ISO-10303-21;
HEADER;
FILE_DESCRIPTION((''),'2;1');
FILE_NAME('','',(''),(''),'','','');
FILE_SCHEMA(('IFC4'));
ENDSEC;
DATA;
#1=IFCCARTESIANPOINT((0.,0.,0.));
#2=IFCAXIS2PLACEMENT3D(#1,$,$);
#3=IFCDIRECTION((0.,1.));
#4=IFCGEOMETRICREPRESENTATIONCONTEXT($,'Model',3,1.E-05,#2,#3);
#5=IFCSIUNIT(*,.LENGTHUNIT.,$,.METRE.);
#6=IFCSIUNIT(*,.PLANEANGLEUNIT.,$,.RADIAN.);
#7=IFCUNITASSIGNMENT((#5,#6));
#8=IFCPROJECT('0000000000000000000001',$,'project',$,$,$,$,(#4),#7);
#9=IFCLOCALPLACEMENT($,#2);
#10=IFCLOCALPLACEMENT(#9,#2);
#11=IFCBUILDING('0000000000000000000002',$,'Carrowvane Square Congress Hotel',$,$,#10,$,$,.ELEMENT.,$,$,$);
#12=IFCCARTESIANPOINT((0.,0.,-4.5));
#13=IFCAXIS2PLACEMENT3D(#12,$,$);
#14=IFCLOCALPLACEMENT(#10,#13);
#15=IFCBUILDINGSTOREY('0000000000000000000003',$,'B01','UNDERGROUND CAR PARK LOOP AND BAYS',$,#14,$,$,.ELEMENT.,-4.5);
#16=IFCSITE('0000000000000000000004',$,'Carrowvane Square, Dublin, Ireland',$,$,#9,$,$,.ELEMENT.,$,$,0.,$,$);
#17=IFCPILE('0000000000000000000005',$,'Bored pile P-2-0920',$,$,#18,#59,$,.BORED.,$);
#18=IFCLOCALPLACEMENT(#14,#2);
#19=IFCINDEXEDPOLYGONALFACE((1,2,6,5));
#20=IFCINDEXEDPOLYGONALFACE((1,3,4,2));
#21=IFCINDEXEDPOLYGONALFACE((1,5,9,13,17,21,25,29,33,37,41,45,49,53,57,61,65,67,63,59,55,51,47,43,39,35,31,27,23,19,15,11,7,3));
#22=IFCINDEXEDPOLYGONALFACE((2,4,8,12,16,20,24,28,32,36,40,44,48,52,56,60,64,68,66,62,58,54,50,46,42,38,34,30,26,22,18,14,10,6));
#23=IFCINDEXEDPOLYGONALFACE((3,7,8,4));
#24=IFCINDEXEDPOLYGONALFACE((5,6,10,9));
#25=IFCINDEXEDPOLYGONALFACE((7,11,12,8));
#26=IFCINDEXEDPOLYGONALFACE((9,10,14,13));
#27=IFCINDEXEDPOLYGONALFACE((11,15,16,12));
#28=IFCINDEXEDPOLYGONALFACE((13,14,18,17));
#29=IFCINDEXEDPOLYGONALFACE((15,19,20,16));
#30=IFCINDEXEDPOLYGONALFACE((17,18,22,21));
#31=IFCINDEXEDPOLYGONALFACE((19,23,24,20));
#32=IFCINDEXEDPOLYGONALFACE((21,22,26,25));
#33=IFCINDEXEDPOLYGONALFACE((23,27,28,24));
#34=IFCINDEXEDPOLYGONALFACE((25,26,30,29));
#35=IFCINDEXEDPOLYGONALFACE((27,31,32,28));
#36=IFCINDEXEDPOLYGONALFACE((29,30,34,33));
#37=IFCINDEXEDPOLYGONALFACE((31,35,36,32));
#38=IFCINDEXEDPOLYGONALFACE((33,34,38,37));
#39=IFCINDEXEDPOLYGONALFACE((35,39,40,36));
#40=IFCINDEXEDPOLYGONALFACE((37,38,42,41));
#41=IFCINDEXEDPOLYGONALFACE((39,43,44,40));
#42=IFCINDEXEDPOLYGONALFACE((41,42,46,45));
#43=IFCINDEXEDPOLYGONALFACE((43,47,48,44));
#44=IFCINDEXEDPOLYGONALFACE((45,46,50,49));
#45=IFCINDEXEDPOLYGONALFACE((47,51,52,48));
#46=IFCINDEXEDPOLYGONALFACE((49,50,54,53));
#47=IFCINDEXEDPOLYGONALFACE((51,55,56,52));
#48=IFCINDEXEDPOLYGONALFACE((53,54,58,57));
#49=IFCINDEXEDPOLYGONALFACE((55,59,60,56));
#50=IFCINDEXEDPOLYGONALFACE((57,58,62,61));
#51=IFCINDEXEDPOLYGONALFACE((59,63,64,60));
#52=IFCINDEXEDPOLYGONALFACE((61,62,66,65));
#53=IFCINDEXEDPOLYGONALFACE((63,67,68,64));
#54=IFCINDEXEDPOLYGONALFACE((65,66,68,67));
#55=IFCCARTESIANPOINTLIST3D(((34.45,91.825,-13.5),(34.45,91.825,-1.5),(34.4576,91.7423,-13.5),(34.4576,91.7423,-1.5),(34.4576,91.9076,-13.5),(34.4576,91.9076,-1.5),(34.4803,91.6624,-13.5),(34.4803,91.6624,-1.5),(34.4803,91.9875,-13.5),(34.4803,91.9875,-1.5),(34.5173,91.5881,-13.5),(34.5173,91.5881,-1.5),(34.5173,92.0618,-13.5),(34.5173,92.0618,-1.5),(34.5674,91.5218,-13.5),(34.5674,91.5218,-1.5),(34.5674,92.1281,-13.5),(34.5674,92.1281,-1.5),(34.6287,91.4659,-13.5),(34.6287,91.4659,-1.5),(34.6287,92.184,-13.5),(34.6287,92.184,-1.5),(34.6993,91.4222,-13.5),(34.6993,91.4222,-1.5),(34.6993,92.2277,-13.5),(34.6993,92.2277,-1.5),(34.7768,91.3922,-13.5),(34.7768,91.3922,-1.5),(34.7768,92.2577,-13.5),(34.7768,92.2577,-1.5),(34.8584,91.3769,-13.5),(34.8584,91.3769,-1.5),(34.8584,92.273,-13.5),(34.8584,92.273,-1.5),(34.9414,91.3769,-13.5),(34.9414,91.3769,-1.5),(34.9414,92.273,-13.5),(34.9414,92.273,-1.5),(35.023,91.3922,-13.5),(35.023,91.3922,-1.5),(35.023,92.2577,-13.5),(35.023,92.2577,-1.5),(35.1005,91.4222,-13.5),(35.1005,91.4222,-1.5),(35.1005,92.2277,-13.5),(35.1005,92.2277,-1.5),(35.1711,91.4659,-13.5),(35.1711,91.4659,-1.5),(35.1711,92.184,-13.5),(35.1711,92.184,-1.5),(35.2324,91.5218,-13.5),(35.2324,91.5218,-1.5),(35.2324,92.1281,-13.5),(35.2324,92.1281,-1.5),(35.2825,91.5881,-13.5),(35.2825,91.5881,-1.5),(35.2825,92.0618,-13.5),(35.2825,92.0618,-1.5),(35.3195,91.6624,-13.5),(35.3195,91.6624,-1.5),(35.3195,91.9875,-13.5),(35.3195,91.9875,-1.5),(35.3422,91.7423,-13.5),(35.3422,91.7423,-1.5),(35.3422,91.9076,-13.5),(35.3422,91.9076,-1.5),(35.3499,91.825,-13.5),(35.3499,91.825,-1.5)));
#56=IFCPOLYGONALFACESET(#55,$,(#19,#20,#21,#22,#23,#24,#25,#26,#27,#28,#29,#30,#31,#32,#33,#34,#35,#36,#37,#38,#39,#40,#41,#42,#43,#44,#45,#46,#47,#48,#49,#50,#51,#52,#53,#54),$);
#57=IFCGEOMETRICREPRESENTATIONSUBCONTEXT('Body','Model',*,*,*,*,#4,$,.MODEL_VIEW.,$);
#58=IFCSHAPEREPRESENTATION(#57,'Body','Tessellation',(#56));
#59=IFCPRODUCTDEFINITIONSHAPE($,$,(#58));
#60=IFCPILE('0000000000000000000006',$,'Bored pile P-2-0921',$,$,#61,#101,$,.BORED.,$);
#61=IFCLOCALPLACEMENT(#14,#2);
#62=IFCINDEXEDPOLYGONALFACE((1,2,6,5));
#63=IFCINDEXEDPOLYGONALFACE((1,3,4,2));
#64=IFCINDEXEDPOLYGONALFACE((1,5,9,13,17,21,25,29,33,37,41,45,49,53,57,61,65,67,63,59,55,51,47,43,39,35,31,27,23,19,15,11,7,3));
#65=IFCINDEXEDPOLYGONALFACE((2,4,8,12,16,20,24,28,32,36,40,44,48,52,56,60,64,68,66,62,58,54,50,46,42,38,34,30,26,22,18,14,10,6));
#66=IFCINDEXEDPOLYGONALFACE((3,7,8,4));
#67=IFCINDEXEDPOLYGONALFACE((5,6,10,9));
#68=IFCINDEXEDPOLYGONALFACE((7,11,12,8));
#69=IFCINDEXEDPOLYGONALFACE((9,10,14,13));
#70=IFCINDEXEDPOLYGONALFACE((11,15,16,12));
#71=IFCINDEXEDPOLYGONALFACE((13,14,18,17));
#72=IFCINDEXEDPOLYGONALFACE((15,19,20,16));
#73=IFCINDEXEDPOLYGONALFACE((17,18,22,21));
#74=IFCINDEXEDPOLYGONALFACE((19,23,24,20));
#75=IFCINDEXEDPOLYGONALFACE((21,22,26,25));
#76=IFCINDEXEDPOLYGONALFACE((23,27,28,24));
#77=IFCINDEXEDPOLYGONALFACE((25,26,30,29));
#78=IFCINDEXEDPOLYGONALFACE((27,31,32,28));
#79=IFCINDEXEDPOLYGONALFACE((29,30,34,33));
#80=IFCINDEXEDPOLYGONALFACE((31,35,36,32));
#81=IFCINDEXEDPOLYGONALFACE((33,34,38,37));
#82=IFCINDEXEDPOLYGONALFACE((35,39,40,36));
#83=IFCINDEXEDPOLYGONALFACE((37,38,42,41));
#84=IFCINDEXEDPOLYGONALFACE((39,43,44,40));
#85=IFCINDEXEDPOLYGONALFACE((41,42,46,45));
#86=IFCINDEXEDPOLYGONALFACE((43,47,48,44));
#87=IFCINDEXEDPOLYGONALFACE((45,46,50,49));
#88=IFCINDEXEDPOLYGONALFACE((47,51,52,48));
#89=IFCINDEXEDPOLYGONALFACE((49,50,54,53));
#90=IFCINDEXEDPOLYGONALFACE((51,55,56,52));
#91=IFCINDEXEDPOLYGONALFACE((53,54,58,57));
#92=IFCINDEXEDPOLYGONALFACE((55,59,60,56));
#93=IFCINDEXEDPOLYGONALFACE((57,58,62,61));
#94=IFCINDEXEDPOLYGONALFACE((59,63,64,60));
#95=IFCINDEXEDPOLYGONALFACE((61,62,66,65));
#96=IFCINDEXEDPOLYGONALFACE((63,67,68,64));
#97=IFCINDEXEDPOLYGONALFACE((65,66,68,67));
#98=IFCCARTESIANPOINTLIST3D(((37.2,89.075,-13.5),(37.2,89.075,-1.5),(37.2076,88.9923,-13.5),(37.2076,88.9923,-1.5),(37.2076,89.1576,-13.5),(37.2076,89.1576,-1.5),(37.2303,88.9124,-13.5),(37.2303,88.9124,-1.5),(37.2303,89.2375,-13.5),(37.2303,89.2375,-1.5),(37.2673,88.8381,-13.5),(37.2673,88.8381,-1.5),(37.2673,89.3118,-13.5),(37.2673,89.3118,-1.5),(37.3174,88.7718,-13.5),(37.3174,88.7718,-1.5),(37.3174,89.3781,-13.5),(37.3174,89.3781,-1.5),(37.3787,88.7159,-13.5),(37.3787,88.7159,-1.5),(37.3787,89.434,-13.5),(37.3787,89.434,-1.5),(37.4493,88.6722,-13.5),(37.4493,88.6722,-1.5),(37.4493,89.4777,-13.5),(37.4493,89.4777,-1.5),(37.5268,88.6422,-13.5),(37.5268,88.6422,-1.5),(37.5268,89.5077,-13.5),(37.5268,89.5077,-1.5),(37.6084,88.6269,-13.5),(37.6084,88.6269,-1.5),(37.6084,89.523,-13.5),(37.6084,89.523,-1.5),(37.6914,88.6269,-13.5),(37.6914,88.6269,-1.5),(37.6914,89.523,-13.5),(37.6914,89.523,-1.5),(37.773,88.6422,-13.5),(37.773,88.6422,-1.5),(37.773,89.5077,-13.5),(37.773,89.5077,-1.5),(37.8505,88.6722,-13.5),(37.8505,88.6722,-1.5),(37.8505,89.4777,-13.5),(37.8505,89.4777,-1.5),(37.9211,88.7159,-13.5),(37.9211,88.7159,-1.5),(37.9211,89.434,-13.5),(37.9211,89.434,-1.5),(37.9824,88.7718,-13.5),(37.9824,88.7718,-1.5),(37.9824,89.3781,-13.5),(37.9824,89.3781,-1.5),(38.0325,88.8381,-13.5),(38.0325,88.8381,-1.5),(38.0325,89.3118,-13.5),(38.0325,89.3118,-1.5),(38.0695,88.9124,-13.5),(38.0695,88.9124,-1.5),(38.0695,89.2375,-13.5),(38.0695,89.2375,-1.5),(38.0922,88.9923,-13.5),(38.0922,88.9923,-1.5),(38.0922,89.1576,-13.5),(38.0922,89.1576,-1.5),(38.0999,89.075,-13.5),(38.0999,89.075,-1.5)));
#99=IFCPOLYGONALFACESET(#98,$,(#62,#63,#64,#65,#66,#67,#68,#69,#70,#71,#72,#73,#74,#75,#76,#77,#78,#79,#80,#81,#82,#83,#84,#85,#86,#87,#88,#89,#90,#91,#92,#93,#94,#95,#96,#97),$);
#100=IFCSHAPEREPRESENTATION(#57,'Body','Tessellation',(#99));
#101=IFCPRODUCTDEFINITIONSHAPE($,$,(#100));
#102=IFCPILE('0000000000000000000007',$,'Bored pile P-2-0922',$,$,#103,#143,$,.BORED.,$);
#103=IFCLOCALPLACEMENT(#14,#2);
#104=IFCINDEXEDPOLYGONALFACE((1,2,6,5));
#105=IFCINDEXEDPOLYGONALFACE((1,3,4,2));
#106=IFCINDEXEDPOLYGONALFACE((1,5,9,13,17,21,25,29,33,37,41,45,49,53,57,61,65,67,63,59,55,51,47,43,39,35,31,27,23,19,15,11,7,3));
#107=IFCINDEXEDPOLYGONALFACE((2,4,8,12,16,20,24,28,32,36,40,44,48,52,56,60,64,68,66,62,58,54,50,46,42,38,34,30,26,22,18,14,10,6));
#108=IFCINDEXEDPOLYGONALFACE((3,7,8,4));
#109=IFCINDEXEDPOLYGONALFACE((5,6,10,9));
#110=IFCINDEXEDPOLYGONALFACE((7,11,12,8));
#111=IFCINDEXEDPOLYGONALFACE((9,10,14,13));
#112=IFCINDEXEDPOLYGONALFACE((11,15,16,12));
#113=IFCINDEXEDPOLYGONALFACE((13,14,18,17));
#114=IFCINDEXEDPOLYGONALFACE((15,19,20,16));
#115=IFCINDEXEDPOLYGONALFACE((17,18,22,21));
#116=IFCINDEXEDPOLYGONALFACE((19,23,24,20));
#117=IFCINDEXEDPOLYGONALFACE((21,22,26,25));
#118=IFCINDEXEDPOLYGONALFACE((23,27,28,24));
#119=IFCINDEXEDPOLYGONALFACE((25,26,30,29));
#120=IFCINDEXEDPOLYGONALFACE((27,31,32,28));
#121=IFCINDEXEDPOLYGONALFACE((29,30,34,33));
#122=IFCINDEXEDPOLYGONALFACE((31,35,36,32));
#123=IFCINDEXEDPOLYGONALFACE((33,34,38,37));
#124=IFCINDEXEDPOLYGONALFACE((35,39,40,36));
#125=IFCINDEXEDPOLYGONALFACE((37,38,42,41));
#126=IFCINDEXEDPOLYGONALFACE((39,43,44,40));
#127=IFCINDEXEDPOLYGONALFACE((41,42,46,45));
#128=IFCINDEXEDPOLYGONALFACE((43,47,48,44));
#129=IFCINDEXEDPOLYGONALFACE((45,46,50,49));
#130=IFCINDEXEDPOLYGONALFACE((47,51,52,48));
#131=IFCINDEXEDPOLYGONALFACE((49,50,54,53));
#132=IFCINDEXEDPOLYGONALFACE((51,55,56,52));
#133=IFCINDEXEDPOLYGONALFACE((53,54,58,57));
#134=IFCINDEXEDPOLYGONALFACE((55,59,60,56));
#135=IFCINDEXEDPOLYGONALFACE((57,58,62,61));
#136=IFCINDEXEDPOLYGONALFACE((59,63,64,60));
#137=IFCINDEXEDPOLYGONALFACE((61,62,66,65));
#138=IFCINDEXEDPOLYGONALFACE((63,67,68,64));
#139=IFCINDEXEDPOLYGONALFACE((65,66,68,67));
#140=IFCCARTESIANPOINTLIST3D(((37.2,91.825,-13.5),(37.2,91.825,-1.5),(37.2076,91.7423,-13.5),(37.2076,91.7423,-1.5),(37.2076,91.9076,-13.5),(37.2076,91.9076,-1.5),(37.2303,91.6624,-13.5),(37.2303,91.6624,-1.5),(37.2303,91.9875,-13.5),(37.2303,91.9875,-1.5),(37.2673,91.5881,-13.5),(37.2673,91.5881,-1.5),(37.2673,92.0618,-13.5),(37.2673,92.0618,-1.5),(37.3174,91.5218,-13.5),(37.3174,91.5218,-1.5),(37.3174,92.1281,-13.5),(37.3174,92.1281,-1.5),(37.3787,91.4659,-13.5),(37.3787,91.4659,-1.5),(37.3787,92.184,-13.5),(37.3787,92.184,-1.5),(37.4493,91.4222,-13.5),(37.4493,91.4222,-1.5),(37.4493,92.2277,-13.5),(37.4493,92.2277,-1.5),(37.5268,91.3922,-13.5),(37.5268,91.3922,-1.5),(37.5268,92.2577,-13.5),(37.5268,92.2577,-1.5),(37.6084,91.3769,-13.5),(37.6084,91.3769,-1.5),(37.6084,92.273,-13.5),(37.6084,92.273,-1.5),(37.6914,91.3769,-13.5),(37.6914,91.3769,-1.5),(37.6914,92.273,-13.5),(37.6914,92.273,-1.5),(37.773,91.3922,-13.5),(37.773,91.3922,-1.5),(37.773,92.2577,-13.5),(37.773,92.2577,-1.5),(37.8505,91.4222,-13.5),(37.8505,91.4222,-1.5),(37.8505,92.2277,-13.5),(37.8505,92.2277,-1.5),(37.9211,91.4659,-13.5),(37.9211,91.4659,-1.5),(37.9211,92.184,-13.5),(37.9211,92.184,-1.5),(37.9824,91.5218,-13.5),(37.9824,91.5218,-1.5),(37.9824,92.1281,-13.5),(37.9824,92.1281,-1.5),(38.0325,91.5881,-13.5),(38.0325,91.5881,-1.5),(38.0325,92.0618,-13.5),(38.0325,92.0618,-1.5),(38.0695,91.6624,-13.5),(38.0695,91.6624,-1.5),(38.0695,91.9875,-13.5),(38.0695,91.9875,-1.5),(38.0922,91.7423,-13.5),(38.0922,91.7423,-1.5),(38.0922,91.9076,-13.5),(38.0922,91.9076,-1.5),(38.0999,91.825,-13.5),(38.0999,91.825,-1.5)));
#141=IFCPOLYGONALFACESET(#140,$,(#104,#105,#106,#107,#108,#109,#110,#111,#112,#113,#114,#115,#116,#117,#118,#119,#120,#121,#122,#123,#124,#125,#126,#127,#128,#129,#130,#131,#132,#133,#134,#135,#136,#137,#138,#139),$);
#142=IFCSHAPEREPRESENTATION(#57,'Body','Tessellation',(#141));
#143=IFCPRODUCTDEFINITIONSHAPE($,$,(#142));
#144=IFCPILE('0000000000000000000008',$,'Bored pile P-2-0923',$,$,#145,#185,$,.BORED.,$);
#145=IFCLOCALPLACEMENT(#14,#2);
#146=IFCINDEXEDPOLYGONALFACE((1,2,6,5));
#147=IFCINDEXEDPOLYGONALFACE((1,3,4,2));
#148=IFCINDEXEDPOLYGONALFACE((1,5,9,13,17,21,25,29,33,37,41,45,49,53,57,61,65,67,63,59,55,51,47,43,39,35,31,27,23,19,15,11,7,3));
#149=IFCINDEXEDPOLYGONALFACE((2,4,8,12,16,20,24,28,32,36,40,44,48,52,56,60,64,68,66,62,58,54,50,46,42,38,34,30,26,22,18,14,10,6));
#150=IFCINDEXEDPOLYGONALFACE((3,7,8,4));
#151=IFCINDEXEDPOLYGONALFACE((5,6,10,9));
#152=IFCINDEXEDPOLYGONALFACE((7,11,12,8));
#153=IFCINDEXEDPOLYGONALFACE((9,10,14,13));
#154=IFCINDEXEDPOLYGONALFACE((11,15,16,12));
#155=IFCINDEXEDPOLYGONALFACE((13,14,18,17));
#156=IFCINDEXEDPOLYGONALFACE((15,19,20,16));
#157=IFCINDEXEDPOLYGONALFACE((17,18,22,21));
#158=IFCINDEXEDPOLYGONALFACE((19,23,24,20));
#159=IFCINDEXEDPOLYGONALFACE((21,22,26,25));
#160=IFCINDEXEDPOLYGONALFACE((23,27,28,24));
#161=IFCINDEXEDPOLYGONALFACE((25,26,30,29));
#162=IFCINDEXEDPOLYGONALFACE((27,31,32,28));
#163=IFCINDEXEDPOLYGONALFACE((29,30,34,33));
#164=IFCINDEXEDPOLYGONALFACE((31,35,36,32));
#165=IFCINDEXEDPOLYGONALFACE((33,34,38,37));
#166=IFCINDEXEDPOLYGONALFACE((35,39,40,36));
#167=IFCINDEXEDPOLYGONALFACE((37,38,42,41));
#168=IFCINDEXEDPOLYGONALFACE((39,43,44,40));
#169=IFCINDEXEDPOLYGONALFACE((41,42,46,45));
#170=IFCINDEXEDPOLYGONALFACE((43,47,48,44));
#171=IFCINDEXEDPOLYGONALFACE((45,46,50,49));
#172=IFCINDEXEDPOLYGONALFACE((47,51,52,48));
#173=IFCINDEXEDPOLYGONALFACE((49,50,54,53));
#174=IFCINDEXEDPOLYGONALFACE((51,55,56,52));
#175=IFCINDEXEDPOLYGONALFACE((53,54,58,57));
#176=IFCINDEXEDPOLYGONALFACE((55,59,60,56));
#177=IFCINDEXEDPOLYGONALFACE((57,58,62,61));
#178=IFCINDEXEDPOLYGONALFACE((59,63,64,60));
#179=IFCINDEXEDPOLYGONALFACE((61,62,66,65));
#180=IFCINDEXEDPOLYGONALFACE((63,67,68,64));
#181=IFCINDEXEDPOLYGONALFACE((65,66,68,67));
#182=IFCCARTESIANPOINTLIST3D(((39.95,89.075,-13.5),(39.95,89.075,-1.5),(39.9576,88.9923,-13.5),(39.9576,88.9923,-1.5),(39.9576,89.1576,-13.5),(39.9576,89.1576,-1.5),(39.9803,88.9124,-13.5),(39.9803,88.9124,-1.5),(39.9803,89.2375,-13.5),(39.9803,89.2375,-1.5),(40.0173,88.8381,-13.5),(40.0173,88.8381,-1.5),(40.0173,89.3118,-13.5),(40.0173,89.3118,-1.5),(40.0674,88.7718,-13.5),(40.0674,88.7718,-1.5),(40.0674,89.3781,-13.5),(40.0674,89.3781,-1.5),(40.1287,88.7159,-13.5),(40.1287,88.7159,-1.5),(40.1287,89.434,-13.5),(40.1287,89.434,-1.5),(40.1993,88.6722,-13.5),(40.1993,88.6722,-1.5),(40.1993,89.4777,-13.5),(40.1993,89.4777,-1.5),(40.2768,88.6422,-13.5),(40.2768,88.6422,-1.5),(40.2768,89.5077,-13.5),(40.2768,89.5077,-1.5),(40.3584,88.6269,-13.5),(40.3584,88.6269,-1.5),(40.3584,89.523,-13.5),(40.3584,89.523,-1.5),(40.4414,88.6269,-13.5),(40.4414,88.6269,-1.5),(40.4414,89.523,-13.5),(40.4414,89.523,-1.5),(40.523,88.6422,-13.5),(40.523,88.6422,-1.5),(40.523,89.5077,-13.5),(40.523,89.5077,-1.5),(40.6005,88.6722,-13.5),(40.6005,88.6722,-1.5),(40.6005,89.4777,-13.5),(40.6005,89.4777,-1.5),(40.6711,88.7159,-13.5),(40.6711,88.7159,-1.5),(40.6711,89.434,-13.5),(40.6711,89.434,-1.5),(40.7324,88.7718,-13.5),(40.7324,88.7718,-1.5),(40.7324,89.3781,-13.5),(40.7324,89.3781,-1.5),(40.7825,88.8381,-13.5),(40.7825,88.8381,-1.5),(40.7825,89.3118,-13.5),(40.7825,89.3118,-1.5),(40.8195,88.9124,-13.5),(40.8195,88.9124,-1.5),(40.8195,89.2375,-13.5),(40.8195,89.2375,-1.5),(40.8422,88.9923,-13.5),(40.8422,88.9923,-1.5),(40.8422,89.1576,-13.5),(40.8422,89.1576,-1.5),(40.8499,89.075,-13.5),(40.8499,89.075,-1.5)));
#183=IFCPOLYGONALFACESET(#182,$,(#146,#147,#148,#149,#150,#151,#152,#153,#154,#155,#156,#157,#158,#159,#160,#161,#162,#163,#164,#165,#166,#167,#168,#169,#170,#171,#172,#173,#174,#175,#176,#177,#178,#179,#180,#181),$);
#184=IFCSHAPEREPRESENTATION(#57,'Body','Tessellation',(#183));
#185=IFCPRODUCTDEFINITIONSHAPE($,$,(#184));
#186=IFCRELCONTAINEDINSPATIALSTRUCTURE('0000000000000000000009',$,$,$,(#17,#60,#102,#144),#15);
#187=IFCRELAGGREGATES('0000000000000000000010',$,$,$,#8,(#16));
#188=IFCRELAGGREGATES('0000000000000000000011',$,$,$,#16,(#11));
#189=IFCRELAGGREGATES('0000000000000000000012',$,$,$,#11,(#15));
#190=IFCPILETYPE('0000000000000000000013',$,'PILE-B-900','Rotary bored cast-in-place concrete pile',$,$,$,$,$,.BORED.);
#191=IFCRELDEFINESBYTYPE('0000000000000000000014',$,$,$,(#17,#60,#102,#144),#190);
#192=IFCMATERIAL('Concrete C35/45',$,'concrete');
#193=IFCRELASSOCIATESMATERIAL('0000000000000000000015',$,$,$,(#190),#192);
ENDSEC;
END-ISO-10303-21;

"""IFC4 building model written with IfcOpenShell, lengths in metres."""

from ifc_helpers import new_model, si_unit, direction, frame, origin, origin_2d, place, context, subcontext, project, spatial, circle, extrude, material, material_profile, profile_set, type_object, element, save


model = new_model("IFC4")

# Units and contexts
model_context = context("Model", 3, precision=1e-05, world=origin(), true_north=direction((0.0, 1.0)))
body_context = subcontext(model_context, "Body", "Model", "MODEL_VIEW")
ifc_project = project(units=[si_unit("LENGTHUNIT", "METRE"), si_unit("PLANEANGLEUNIT", "RADIAN")], contexts=[model_context])

# Site, building, storey
site_placement = place(None, origin())
site = spatial("IfcSite", under=ifc_project, at=site_placement, Name="Carrowvane Square, Dublin, Ireland", CompositionType="ELEMENT", RefElevation=0.0)
building_placement = place(site_placement, origin())
building = spatial("IfcBuilding", under=site, at=building_placement, Name="Carrowvane Square Congress Hotel", CompositionType="ELEMENT")
storey_placement = place(building_placement, frame((0.0, 0.0, -4.5)))
storey = spatial("IfcBuildingStorey", under=building, at=storey_placement, Name="B01", Description="UNDERGROUND CAR PARK LOOP AND BAYS", CompositionType="ELEMENT", Elevation=-4.5)

# Piles
ifc_material_1 = material(Name="Concrete C35/45", Category="concrete")
ifc_material_profile_1 = material_profile(ifc_material_1, circle(Radius=0.45, at=origin_2d()), Name="PILE D900")
ifc_profile_set_1 = profile_set([ifc_material_profile_1], Name="Concrete C35/45")
pile_type_1 = type_object("IfcPileType", Name="PILE-B-900", Description="Rotary bored cast-in-place concrete pile", PredefinedType="BORED", material=ifc_profile_set_1)
for number, where, z_axis, x_axis, name in (
    (1, (34.8999, 91.825, -1.5), (0.0, 0.0, -1.0), (1.0, 0.0, 0.0), "Bored pile P-2-0920"),
    (2, (37.6499, 89.075, -1.5), (0.0, 0.0, -1.0), (1.0, 0.0, 0.0), "Bored pile P-2-0921"),
    (3, (37.6499, 91.825, -1.5), (0.0, 0.0, -1.0), (1.0, 0.0, 0.0), "Bored pile P-2-0922"),
    (4, (40.3999, 89.075, -1.5), (0.0, 0.0, -1.0), (1.0, 0.0, 0.0), "Bored pile P-2-0923"),
):
    element("IfcPile", number, at=place(storey_placement, frame(where, z_axis=z_axis, x_axis=x_axis)), inside=storey, type_object=pile_type_1, Name=name, PredefinedType="BORED", context=body_context, shape_type="SweptSolid", body=[
        extrude(circle(Radius=0.45, at=origin_2d()), origin(), (0.0, 0.0, 1.0), 12.0),
    ])

save(model, "model.ifc")
